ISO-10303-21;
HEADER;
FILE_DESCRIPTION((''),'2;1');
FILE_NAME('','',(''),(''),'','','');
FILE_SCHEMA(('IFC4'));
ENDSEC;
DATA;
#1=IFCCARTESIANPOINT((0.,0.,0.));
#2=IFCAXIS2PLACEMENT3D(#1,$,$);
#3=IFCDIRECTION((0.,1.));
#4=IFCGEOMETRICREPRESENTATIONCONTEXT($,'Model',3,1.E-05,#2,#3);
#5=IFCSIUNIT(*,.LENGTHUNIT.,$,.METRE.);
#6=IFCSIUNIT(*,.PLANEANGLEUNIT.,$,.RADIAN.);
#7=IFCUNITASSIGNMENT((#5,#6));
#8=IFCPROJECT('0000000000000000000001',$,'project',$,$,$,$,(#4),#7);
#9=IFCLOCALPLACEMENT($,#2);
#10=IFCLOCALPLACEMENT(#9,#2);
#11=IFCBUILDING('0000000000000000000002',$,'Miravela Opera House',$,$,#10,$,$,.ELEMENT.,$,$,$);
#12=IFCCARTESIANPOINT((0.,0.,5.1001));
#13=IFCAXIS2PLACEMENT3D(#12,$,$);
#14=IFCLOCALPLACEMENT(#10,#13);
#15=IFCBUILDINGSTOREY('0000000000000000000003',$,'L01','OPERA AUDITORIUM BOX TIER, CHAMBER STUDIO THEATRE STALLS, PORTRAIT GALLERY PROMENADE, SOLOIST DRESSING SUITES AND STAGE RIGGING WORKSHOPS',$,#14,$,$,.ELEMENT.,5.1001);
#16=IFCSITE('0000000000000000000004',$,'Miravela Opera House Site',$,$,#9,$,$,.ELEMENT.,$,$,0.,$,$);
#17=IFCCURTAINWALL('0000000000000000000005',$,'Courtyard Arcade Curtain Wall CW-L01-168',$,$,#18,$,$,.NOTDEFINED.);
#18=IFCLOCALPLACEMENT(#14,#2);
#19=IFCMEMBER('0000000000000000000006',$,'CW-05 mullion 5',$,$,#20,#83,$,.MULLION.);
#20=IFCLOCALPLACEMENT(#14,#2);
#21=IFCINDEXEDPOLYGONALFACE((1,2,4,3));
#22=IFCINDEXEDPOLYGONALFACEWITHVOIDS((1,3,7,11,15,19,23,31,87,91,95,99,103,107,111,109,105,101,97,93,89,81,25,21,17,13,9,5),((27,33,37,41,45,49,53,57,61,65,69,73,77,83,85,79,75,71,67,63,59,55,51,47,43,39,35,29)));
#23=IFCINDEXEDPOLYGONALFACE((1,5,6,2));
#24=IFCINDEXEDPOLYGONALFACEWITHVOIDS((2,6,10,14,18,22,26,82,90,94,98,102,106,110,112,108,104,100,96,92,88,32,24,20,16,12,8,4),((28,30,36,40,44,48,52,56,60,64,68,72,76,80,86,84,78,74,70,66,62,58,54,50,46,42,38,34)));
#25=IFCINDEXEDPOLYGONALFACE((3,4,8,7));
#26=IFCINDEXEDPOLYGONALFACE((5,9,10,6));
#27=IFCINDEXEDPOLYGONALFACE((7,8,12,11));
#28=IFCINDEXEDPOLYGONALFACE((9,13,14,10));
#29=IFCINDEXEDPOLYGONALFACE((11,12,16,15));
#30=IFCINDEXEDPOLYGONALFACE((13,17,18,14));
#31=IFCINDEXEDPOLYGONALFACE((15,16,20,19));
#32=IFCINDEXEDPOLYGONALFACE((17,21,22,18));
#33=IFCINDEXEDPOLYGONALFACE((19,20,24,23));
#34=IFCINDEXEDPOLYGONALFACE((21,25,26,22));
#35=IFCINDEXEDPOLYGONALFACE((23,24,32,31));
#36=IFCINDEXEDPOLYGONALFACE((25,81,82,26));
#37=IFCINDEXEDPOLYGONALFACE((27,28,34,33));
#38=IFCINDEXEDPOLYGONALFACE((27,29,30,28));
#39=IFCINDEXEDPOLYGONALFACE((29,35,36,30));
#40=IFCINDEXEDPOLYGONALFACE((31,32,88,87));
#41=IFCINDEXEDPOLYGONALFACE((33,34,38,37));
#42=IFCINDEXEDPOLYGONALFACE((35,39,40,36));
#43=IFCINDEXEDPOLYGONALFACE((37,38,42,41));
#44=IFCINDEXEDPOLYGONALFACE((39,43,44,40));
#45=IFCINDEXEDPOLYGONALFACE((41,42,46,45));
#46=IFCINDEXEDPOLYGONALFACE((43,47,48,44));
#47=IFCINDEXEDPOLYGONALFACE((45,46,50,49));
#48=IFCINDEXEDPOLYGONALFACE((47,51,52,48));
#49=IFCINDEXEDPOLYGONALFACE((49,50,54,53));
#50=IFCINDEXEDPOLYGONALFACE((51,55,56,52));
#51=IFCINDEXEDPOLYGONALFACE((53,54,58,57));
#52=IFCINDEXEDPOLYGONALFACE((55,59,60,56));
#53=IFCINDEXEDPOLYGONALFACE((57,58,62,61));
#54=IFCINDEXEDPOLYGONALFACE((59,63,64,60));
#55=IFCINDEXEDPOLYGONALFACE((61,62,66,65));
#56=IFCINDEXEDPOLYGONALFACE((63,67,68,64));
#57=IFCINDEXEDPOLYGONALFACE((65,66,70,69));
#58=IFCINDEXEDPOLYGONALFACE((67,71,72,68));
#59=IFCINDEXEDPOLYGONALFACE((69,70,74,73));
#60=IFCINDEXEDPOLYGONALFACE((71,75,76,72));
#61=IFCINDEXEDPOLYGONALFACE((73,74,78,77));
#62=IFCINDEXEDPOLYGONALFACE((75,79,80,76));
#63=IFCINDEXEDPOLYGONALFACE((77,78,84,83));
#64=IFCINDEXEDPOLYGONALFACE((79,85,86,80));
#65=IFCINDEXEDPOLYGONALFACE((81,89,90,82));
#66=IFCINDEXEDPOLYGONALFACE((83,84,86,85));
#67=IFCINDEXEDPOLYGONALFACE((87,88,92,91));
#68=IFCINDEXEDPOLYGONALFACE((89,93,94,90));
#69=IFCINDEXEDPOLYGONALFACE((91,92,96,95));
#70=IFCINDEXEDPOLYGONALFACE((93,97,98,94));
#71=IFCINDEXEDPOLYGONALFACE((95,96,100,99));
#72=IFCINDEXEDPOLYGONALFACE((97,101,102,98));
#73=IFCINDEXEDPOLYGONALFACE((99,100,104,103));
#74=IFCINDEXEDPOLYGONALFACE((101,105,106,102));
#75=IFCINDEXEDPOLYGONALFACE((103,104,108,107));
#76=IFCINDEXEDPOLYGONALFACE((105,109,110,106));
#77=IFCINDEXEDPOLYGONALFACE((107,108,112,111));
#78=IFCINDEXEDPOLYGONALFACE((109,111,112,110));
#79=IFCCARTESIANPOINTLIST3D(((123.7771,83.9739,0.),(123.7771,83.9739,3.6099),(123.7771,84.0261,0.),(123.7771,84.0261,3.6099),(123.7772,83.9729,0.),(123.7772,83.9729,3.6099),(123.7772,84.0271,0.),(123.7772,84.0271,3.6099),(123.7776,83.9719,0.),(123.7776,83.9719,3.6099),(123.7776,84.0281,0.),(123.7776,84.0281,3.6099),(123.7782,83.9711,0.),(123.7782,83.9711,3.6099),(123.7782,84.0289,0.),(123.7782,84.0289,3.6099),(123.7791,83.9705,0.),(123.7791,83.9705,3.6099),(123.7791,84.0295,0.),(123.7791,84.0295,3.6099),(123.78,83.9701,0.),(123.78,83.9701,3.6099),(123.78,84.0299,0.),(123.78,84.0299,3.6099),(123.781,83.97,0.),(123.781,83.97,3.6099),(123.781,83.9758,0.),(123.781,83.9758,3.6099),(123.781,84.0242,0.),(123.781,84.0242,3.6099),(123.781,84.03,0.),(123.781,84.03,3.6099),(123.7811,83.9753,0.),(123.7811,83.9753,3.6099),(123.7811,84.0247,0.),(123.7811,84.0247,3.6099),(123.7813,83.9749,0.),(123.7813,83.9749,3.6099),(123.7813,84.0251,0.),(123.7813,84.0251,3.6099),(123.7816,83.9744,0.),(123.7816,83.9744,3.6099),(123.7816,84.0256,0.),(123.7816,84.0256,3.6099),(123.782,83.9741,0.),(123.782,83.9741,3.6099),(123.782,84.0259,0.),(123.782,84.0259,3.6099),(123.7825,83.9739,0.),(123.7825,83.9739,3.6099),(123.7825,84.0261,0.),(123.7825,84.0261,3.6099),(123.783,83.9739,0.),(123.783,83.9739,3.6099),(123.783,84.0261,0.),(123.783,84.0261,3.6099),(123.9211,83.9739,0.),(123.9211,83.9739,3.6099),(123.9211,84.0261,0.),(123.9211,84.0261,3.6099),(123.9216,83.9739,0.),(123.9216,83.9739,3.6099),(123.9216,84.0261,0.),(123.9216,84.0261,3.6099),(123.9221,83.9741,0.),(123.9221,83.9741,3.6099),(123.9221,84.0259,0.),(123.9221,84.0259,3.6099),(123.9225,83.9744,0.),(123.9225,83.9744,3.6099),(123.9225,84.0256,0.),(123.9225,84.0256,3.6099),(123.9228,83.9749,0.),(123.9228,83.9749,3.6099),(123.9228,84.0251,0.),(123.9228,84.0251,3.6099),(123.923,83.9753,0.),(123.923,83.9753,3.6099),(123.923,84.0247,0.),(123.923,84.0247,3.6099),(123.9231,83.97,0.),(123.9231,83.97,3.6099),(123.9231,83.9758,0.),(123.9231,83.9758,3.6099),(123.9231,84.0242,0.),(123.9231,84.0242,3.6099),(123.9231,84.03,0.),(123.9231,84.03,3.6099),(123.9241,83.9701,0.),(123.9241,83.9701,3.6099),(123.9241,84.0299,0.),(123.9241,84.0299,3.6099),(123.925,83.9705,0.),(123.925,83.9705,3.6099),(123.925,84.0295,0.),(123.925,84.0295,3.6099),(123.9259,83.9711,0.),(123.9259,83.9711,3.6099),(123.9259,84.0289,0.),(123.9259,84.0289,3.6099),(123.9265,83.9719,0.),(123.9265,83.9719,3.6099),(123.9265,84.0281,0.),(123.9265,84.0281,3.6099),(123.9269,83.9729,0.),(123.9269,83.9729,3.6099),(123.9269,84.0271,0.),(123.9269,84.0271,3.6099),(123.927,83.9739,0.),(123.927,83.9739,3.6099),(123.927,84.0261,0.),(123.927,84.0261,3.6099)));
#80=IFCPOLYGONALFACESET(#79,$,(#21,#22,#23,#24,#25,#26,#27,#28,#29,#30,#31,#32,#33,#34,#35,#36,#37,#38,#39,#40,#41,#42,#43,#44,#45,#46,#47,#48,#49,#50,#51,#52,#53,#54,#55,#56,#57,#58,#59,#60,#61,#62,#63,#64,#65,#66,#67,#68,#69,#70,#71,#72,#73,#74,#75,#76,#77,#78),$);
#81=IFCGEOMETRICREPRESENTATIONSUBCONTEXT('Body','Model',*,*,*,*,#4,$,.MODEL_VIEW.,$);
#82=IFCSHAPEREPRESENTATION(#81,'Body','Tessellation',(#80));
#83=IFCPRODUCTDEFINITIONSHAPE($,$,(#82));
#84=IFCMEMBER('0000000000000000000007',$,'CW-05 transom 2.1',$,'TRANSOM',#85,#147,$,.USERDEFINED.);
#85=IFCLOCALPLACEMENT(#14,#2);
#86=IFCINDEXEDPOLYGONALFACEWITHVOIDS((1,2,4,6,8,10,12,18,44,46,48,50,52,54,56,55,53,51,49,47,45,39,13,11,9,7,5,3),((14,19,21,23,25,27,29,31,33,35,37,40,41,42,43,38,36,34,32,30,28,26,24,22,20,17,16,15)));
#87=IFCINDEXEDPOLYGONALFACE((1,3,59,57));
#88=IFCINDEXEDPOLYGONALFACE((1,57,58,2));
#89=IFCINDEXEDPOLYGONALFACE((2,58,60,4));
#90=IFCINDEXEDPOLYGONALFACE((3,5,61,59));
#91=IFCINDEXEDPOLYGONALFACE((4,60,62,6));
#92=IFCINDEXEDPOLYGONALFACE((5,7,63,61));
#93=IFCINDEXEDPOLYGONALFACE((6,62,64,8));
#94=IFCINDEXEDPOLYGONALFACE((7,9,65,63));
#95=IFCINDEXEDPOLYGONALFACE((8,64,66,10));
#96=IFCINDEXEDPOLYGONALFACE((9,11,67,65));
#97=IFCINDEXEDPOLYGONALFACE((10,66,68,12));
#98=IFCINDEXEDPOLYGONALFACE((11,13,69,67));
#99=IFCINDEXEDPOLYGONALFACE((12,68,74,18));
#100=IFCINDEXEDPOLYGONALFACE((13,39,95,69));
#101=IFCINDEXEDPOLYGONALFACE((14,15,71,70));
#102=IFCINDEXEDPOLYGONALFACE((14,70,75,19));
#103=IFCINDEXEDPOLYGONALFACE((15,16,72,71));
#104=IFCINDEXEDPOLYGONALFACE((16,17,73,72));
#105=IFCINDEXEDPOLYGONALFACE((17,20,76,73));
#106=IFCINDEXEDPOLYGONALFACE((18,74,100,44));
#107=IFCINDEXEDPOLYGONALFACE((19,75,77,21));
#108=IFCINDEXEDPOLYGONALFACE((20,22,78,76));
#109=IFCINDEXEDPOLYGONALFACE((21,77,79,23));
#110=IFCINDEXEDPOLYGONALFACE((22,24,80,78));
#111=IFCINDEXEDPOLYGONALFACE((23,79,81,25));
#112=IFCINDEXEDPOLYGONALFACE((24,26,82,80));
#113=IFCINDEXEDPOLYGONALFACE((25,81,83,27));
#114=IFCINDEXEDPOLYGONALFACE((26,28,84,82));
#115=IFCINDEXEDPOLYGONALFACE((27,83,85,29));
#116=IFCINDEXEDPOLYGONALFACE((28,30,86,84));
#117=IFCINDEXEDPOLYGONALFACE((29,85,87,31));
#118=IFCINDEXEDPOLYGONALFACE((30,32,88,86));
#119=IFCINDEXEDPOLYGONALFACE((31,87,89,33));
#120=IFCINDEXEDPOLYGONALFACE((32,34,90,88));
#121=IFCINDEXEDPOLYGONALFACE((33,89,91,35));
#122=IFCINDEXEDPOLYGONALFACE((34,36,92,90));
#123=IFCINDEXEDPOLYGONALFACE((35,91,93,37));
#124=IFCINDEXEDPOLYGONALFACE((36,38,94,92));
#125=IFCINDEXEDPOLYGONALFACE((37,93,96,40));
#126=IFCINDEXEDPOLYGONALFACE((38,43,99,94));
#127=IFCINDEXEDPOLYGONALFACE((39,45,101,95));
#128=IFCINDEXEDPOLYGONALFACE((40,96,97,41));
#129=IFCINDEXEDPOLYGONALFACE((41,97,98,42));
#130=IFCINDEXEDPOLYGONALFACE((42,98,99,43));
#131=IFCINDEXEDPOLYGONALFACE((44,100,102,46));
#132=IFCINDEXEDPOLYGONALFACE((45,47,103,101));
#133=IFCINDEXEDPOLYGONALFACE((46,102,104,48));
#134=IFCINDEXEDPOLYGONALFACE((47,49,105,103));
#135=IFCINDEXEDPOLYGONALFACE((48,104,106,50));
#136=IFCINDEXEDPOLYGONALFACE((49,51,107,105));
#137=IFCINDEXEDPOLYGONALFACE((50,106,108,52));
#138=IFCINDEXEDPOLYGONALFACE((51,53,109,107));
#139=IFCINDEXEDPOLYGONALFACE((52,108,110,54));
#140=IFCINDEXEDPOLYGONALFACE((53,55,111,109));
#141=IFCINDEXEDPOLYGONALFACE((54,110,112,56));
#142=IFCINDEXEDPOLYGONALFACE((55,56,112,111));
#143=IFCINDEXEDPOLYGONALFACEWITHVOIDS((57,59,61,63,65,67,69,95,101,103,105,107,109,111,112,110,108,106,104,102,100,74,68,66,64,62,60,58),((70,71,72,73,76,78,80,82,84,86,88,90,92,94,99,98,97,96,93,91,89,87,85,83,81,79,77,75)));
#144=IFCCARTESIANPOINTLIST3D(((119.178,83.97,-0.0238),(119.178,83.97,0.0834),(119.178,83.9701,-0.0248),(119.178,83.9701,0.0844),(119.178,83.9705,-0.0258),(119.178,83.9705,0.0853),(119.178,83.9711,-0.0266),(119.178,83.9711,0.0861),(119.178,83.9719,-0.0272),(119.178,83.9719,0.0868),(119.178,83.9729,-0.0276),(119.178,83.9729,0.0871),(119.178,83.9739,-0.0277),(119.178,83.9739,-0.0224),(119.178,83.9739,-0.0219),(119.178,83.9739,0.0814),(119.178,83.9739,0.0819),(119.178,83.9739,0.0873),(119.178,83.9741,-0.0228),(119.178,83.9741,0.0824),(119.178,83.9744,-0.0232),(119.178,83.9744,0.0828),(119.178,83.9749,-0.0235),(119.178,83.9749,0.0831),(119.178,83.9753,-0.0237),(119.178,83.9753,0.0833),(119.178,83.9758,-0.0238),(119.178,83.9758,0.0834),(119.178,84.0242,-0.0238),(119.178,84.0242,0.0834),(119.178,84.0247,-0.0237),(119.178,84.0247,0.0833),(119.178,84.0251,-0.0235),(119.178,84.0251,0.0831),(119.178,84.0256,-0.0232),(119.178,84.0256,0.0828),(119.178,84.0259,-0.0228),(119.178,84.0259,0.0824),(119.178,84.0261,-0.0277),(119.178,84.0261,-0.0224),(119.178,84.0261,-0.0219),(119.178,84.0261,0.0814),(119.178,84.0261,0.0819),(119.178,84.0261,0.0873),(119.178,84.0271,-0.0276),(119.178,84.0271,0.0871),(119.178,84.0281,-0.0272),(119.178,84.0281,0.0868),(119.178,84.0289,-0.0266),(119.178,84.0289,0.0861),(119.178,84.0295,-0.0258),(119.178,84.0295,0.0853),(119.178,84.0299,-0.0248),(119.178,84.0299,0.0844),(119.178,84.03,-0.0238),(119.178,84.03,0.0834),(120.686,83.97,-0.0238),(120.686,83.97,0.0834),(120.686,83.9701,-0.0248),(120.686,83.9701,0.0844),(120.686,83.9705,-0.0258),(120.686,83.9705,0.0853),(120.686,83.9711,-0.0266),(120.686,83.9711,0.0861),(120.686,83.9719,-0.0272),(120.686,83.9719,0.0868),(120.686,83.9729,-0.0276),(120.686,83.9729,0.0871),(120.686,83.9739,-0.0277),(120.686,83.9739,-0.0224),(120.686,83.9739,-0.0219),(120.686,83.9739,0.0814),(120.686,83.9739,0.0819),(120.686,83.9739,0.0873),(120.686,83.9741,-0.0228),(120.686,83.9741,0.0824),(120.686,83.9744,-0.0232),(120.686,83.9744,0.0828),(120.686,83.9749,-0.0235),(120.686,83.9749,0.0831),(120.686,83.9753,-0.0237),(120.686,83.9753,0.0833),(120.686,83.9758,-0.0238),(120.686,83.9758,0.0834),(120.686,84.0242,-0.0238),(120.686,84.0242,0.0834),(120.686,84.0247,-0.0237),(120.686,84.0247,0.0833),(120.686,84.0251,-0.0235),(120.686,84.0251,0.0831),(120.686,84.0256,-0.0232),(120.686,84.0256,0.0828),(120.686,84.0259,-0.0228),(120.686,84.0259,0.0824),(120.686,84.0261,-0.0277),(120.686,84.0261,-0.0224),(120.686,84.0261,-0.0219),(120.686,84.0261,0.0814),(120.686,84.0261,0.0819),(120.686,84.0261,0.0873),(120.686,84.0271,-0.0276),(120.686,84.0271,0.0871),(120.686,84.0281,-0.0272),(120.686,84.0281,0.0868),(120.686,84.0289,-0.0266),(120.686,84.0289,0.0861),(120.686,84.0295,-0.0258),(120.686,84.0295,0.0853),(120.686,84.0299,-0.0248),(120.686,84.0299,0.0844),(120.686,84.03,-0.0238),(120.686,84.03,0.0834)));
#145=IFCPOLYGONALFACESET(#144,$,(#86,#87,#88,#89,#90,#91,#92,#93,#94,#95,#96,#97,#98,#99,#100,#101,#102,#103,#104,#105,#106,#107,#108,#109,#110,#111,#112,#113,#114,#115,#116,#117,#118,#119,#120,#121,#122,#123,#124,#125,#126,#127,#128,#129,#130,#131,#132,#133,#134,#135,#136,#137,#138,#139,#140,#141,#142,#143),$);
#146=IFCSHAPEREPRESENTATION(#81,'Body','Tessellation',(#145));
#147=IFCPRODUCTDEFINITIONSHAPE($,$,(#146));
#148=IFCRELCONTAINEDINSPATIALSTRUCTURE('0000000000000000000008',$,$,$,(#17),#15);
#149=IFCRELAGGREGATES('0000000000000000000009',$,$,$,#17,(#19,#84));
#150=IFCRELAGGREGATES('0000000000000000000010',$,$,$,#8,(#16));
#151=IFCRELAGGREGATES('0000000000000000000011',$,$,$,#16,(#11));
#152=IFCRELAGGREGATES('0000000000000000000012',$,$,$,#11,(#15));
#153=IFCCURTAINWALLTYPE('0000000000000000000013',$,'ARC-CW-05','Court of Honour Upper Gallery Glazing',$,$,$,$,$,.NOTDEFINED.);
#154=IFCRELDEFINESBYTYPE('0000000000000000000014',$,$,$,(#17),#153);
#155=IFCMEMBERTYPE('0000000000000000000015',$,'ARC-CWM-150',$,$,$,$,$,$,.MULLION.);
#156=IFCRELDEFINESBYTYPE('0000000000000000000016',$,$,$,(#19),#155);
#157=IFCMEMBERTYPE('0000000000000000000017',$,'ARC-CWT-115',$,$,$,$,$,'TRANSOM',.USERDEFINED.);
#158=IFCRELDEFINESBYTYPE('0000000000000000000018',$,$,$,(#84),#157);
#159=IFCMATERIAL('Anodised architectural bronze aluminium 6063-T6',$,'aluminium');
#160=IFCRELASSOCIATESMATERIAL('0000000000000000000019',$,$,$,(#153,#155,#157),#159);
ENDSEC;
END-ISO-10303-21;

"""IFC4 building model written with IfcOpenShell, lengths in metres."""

from ifc_helpers import new_model, si_unit, direction, frame, origin, origin_2d, place, context, subcontext, project, spatial, hollow_rectangle, extrude, material, material_profile, profile_set, type_object, element, aggregate, save


model = new_model("IFC4")

# Units and contexts
model_context = context("Model", 3, precision=1e-05, world=origin(), true_north=direction((0.0, 1.0)))
body_context = subcontext(model_context, "Body", "Model", "MODEL_VIEW")
ifc_project = project(units=[si_unit("LENGTHUNIT", "METRE"), si_unit("PLANEANGLEUNIT", "RADIAN")], contexts=[model_context])

# Site, building, storey
site_placement = place(None, origin())
site = spatial("IfcSite", under=ifc_project, at=site_placement, Name="Miravela Opera House Site", CompositionType="ELEMENT", RefElevation=0.0)
building_placement = place(site_placement, origin())
building = spatial("IfcBuilding", under=site, at=building_placement, Name="Miravela Opera House", CompositionType="ELEMENT")
storey_placement = place(building_placement, frame((0.0, 0.0, 5.1001)))
storey = spatial("IfcBuildingStorey", under=building, at=storey_placement, Name="L01", Description="OPERA AUDITORIUM BOX TIER, CHAMBER STUDIO THEATRE STALLS, PORTRAIT GALLERY PROMENADE, SOLOIST DRESSING SUITES AND STAGE RIGGING WORKSHOPS", CompositionType="ELEMENT", Elevation=5.1001)

# Curtain wall, members
ifc_material_1 = material(Name="Anodised architectural bronze aluminium 6063-T6", Category="aluminium")
curtain_wall_type = type_object("IfcCurtainWallType", Name="ARC-CW-05", Description="Court of Honour Upper Gallery Glazing", PredefinedType="NOTDEFINED", material=ifc_material_1)
curtain_wall_placement = place(storey_placement, origin())
curtain_wall = element("IfcCurtainWall", 1, at=curtain_wall_placement, inside=storey, type_object=curtain_wall_type, Name="Courtyard Arcade Curtain Wall CW-L01-168", PredefinedType="NOTDEFINED")
ifc_material_profile_1 = material_profile(ifc_material_1, hollow_rectangle(XDim=0.0601, YDim=0.1499, WallThickness=0.0039, InnerFilletRadius=0.002, OuterFilletRadius=0.0039, at=origin_2d()), Name="CWM-60X150")
ifc_profile_set_1 = profile_set([ifc_material_profile_1])
member_type_1 = type_object("IfcMemberType", Name="ARC-CWM-150", PredefinedType="MULLION", material=ifc_profile_set_1)
member_1_placement = place(storey_placement, frame((123.8521, 84.0, 0.0), z_axis=(0.0, 0.0, 1.0), x_axis=(0.0, 1.0, 0.0)))
member_1 = element("IfcMember", 2, at=member_1_placement, type_object=member_type_1, Name="CW-05 mullion 5", PredefinedType="MULLION", context=body_context, shape_type="SweptSolid", body=[
    extrude(hollow_rectangle(XDim=0.0601, YDim=0.1499, WallThickness=0.0039, InnerFilletRadius=0.002, OuterFilletRadius=0.0039, at=origin_2d()), origin(), (0.0, 0.0, 1.0), 3.6099),
])
ifc_material_profile_2 = material_profile(ifc_material_1, hollow_rectangle(XDim=0.0601, YDim=0.115, WallThickness=0.0039, InnerFilletRadius=0.002, OuterFilletRadius=0.0039, at=origin_2d()), Name="CWT-60X115")
ifc_profile_set_2 = profile_set([ifc_material_profile_2])
member_type_2 = type_object("IfcMemberType", Name="ARC-CWT-115", ElementType="TRANSOM", PredefinedType="USERDEFINED", material=ifc_profile_set_2)
member_2_placement = place(storey_placement, frame((119.178, 84.0, 0.0298), z_axis=(1.0, 0.0, 0.0), x_axis=(0.0, 1.0, 0.0)))
member_2 = element("IfcMember", 3, at=member_2_placement, type_object=member_type_2, Name="CW-05 transom 2.1", ObjectType="TRANSOM", PredefinedType="USERDEFINED", context=body_context, shape_type="SweptSolid", body=[
    extrude(hollow_rectangle(XDim=0.0601, YDim=0.115, WallThickness=0.0039, InnerFilletRadius=0.002, OuterFilletRadius=0.0039, at=origin_2d()), origin(), (0.0, 0.0, 1.0), 1.5081),
])
aggregate(curtain_wall, [member_1, member_2])

save(model, "model.ifc")
